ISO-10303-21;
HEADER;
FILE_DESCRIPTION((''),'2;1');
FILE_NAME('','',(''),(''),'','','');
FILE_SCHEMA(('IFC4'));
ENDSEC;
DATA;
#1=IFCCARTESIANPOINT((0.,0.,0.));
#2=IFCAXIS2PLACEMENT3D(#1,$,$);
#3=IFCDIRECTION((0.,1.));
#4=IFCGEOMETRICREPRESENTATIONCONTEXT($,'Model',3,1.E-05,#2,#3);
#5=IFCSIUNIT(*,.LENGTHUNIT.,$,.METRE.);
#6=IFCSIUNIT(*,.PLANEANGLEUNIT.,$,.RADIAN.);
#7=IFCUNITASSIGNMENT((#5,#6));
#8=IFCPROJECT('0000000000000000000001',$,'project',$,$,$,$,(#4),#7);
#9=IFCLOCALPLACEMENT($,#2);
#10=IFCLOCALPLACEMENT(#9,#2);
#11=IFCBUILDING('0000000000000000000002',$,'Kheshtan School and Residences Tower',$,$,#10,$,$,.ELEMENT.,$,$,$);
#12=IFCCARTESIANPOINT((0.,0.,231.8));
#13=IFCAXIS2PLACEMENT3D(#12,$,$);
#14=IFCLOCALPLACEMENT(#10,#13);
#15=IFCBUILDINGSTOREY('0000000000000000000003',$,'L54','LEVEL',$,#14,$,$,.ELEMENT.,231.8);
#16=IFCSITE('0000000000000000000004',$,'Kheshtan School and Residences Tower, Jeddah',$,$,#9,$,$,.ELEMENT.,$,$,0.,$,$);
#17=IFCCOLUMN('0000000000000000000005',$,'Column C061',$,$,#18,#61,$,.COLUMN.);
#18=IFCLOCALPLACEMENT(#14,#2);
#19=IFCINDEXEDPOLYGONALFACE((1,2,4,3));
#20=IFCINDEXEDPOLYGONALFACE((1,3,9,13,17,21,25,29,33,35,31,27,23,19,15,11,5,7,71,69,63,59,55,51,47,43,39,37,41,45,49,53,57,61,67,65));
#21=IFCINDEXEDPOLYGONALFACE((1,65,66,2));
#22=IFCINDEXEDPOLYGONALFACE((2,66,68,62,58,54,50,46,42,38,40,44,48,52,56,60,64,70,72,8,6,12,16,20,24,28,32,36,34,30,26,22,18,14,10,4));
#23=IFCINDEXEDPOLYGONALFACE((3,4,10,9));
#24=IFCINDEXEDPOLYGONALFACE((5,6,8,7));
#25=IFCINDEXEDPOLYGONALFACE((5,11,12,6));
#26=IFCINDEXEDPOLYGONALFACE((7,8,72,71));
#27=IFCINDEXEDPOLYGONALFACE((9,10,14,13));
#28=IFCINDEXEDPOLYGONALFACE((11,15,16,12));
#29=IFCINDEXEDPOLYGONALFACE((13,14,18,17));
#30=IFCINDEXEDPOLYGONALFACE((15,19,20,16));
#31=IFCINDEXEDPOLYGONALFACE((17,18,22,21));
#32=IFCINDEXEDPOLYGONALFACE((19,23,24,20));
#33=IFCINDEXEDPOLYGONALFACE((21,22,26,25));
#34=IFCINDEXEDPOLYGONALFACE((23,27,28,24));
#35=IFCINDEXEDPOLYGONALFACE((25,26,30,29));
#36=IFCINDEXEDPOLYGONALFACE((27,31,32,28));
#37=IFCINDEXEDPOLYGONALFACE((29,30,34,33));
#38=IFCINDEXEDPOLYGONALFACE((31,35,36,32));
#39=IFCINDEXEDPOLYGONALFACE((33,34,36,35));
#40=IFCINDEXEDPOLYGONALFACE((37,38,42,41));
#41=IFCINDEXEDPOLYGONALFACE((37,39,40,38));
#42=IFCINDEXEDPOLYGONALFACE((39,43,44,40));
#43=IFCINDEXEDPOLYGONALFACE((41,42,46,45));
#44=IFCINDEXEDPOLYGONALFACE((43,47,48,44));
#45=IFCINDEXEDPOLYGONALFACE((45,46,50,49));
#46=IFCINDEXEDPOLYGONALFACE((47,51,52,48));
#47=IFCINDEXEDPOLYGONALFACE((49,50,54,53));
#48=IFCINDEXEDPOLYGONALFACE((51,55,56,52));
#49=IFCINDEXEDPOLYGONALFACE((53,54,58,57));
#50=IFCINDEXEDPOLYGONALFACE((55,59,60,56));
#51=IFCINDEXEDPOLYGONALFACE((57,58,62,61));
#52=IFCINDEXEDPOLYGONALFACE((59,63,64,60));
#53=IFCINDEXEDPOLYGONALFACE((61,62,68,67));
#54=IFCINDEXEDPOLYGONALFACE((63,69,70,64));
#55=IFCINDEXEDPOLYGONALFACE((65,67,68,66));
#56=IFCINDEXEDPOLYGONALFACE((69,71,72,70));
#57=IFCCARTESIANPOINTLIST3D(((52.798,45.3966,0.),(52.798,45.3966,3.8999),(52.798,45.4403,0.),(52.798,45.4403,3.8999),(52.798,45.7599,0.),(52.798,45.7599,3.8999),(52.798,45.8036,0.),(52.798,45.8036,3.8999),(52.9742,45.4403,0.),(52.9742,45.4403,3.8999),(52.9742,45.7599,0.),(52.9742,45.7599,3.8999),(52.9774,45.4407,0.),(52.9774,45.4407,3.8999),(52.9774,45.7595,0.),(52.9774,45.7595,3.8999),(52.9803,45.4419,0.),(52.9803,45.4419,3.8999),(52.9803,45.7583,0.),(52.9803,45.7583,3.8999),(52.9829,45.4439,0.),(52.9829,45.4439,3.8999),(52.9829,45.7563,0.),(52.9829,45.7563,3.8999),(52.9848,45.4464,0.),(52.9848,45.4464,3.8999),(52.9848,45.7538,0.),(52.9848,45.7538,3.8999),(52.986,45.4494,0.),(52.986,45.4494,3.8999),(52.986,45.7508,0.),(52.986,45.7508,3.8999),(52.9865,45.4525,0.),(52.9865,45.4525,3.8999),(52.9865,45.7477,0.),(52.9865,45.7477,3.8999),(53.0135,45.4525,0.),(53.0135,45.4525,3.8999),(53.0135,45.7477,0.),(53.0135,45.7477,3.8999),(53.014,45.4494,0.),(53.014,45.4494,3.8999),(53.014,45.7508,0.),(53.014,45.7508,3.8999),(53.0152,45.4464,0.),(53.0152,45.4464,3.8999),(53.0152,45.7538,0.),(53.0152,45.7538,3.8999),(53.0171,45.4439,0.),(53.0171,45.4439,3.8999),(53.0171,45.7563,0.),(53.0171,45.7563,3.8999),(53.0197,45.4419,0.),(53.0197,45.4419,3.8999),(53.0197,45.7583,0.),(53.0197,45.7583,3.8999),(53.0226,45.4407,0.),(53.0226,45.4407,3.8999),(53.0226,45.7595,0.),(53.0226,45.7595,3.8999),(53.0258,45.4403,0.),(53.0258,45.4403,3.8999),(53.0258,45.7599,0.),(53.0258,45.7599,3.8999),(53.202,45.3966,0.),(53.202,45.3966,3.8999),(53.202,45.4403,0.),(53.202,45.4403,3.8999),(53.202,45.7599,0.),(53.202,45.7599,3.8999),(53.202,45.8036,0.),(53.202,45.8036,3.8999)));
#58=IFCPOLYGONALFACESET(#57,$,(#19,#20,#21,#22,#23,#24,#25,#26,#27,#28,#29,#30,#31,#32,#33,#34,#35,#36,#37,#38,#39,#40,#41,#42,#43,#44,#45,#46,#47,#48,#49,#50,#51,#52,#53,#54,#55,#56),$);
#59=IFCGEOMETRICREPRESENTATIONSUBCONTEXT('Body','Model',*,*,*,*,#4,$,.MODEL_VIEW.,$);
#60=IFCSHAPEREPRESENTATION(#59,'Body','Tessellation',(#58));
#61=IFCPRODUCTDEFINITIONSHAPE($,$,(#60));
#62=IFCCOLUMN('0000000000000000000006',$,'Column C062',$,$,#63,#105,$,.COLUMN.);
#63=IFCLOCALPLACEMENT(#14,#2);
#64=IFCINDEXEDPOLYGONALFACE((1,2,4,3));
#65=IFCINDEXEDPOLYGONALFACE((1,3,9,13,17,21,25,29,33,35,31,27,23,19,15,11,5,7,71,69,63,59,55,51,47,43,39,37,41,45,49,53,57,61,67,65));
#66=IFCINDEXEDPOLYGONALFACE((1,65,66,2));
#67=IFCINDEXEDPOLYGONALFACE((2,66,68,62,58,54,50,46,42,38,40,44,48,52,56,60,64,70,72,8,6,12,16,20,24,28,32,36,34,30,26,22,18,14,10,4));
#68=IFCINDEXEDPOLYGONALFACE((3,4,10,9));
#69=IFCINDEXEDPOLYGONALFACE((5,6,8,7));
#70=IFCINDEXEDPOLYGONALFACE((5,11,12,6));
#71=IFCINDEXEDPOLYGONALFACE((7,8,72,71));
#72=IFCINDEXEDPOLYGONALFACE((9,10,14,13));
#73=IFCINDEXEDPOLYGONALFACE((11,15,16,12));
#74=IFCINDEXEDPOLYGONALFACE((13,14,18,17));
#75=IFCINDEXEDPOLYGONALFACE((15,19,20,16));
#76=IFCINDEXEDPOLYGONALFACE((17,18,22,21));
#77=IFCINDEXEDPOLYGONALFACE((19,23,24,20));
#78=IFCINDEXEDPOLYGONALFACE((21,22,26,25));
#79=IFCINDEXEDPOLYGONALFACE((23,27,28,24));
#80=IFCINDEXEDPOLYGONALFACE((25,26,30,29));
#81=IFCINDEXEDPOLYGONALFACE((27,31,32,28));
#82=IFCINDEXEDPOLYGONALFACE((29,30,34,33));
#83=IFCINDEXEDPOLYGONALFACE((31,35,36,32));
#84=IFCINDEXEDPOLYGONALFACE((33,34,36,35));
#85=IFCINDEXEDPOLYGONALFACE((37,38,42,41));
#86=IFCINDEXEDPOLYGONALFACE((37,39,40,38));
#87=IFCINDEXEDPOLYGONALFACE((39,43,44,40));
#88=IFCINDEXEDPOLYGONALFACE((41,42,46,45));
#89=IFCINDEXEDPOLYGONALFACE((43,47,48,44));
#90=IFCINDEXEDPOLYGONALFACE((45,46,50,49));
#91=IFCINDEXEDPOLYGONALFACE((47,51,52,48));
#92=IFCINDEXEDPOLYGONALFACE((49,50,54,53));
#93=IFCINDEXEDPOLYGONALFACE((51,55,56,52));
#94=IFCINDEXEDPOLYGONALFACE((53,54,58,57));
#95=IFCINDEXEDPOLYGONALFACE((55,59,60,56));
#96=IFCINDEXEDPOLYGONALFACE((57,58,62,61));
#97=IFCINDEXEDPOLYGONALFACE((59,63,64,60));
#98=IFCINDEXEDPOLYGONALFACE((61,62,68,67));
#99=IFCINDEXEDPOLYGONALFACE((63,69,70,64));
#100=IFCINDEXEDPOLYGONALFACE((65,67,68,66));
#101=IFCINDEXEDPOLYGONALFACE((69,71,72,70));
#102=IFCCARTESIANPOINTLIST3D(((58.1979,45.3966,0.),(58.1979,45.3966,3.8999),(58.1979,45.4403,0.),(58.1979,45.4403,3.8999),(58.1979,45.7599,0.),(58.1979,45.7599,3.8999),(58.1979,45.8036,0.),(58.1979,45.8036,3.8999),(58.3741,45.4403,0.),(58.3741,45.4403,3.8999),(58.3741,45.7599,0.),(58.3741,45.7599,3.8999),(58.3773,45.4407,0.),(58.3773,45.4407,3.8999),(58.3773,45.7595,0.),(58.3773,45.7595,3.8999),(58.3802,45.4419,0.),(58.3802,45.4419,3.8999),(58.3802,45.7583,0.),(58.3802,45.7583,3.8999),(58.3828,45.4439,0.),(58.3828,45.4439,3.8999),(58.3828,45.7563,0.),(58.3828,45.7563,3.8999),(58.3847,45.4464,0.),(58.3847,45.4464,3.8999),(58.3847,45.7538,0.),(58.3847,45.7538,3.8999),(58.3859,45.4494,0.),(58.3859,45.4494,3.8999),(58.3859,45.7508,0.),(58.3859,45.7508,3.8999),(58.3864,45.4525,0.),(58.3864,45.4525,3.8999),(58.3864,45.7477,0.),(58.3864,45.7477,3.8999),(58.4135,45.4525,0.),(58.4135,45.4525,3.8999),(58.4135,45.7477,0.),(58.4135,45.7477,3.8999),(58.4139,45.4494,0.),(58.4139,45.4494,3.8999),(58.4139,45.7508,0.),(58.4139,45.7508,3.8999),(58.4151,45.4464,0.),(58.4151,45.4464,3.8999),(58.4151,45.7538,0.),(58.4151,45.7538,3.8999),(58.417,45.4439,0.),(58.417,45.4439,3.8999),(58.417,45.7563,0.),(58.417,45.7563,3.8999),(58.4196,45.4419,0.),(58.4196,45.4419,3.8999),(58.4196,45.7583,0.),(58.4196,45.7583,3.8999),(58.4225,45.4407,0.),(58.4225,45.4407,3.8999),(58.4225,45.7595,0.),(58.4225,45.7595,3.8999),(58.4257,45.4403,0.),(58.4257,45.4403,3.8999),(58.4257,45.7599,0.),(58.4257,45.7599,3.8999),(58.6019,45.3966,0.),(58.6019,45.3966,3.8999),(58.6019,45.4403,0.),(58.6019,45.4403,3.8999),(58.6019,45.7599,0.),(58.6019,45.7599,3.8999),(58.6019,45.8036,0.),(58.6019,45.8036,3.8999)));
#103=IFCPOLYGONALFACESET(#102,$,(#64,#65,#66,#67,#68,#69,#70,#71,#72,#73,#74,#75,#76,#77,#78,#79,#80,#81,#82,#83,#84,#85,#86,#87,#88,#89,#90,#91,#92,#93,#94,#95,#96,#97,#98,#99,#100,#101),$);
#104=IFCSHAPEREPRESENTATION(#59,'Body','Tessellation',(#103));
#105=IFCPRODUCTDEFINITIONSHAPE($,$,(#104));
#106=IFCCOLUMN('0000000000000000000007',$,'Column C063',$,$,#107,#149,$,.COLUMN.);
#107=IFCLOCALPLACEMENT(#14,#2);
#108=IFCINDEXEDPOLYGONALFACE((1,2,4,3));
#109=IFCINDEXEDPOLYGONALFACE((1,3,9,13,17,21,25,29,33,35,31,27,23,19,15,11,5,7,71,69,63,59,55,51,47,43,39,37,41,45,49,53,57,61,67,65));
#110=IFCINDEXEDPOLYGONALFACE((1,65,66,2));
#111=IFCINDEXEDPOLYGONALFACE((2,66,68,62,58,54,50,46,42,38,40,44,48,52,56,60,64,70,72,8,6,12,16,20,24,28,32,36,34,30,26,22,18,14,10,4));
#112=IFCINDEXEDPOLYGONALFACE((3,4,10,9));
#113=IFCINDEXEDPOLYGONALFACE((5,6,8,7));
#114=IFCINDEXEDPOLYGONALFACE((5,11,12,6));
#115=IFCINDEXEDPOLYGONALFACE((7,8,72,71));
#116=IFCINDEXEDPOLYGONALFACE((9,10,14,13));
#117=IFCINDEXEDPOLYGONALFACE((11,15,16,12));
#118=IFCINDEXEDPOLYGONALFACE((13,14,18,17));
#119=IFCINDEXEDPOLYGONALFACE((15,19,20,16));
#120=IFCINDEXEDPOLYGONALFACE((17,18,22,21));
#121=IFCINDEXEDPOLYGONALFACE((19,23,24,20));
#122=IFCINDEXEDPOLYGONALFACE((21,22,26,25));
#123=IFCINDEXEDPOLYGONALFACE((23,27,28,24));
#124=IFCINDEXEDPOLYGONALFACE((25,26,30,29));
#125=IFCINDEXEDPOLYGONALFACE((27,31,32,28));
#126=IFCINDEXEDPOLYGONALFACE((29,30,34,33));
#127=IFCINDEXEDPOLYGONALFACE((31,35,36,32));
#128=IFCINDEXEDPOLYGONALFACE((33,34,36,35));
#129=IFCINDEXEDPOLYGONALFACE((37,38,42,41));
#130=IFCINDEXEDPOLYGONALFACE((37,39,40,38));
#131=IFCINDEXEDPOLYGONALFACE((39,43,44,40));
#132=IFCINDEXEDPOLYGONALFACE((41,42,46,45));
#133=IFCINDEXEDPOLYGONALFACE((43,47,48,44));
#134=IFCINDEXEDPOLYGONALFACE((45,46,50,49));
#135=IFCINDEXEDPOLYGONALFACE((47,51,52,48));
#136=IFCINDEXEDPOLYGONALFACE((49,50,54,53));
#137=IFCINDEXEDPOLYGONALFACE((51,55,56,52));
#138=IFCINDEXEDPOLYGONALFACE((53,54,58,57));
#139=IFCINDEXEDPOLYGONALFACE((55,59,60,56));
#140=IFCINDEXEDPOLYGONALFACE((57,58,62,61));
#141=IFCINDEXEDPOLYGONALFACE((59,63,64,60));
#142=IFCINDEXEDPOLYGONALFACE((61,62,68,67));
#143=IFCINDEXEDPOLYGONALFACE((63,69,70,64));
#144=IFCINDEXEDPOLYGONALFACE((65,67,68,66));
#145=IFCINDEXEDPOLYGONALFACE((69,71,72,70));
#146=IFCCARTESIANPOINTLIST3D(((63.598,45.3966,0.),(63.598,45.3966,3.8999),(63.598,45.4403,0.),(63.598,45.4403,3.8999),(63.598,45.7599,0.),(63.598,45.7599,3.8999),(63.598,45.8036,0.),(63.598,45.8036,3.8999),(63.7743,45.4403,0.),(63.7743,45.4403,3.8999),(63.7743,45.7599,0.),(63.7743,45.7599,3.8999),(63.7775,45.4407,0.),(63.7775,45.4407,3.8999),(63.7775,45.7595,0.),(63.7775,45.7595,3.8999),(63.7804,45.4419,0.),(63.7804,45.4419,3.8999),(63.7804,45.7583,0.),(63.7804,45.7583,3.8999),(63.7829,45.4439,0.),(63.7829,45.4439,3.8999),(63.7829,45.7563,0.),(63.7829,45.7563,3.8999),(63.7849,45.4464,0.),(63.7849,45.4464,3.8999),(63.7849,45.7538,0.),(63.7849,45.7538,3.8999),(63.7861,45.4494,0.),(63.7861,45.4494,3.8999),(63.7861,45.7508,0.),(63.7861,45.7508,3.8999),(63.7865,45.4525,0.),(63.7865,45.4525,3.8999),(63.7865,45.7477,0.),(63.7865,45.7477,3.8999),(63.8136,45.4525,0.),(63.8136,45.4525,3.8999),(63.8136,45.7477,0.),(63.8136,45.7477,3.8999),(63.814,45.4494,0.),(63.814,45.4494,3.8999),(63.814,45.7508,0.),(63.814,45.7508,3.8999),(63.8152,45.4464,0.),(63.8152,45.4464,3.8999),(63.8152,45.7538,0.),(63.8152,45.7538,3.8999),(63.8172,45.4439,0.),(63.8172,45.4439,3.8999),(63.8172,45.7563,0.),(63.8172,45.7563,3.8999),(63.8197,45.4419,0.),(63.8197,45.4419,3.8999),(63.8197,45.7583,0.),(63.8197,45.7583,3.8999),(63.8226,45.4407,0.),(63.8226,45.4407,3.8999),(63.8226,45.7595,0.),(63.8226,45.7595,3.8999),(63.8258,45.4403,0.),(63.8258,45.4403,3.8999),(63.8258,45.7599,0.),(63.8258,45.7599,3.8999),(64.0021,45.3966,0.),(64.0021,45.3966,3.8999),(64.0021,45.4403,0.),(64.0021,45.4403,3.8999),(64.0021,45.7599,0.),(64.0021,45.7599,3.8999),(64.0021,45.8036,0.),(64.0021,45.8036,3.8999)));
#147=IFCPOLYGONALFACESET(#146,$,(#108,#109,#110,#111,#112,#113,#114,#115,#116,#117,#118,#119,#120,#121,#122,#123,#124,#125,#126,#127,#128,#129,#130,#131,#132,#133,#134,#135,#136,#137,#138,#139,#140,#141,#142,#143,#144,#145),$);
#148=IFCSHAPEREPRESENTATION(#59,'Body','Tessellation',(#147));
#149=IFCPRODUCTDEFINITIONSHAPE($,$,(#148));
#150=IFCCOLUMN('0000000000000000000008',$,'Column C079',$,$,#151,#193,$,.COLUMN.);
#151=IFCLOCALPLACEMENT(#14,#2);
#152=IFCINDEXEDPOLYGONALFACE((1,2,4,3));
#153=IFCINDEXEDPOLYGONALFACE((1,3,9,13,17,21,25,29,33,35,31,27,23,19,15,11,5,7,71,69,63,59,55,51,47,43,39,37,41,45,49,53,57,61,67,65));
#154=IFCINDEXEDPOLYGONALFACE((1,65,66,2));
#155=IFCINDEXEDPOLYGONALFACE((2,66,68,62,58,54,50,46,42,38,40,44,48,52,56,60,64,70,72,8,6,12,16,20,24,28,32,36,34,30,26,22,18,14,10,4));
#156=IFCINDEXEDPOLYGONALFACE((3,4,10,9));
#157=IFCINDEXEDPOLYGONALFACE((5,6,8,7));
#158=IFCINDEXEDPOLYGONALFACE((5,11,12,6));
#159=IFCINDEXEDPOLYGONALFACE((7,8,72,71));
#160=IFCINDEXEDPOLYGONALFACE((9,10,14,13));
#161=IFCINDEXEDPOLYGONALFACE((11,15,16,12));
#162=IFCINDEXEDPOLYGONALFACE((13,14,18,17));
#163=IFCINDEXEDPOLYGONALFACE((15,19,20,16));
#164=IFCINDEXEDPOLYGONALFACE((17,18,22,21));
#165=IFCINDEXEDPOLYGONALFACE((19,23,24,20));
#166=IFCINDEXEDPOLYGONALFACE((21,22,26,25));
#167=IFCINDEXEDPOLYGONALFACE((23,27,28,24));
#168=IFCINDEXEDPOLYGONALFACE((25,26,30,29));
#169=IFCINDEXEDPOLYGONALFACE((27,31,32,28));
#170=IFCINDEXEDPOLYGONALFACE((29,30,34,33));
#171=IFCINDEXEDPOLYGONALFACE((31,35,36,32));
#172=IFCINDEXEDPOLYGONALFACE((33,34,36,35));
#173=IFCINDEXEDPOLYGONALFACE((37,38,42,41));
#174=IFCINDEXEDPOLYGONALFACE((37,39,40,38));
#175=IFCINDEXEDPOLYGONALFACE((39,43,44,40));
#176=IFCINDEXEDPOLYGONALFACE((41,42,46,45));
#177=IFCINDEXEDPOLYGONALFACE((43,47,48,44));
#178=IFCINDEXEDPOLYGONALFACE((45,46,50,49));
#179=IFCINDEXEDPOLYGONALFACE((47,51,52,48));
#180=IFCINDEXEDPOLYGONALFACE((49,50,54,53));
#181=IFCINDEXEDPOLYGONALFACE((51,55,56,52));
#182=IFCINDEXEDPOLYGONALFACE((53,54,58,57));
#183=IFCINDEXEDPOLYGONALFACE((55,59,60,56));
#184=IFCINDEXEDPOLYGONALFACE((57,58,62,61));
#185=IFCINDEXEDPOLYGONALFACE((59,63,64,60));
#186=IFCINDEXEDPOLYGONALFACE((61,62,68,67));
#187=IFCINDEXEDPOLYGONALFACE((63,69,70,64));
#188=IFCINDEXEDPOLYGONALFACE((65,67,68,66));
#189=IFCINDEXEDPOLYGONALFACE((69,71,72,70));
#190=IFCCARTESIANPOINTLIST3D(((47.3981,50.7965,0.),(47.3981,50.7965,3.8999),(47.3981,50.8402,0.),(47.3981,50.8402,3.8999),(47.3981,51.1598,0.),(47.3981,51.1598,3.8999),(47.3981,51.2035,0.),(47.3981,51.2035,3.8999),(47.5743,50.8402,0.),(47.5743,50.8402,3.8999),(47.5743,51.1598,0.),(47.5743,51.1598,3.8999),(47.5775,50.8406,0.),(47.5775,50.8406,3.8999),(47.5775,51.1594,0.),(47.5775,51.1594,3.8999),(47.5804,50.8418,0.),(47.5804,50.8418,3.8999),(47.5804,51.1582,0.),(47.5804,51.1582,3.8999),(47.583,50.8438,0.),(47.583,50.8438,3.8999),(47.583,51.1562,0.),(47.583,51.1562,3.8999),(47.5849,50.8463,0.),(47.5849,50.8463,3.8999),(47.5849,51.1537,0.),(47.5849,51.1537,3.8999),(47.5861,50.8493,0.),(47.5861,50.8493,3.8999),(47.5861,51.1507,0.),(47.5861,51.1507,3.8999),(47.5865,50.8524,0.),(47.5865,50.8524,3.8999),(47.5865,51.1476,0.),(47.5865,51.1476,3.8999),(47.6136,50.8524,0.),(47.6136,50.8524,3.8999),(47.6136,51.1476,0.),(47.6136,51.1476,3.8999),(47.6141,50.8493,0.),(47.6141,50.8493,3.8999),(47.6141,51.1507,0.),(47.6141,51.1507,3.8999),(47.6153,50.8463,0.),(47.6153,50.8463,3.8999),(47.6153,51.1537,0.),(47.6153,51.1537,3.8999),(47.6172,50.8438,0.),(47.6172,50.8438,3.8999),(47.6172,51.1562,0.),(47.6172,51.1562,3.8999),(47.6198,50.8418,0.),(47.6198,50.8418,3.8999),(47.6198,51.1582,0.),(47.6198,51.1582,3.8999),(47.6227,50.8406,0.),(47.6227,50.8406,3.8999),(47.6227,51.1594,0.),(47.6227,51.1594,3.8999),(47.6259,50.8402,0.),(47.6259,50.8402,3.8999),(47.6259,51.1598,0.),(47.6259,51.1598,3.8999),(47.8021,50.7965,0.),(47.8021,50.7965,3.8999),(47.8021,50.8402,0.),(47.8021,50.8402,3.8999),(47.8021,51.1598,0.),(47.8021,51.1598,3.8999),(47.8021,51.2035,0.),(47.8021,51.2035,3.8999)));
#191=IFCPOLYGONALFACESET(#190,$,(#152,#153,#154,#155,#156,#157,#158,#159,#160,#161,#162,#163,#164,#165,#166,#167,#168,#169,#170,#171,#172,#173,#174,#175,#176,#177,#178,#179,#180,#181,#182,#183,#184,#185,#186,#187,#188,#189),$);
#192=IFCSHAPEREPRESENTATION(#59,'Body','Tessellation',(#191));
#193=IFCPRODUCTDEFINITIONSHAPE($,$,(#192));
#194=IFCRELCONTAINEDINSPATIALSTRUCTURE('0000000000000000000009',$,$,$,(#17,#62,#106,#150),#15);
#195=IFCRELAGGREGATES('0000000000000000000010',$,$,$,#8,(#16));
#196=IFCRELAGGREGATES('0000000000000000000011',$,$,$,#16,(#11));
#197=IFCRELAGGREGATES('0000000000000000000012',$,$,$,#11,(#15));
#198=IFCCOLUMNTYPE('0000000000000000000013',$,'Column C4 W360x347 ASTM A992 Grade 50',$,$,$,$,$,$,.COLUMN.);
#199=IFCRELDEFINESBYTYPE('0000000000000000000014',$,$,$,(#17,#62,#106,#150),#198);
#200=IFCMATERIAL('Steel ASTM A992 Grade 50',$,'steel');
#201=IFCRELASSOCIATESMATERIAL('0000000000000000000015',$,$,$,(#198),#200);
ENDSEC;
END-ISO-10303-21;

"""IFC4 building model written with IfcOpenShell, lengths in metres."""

from ifc_helpers import new_model, si_unit, direction, frame, origin, origin_2d, place, context, subcontext, project, spatial, i_section, extrude, material, material_profile, profile_set, type_object, element, save


model = new_model("IFC4")

# Units and contexts
model_context = context("Model", 3, precision=1e-05, world=origin(), true_north=direction((0.0, 1.0)))
body_context = subcontext(model_context, "Body", "Model", "MODEL_VIEW")
ifc_project = project(units=[si_unit("LENGTHUNIT", "METRE"), si_unit("PLANEANGLEUNIT", "RADIAN")], contexts=[model_context])

# Site, building, storey
site_placement = place(None, origin())
site = spatial("IfcSite", under=ifc_project, at=site_placement, Name="Kheshtan School and Residences Tower, Jeddah", CompositionType="ELEMENT", RefElevation=0.0)
building_placement = place(site_placement, origin())
building = spatial("IfcBuilding", under=site, at=building_placement, Name="Kheshtan School and Residences Tower", CompositionType="ELEMENT")
storey_placement = place(building_placement, frame((0.0, 0.0, 231.8)))
storey = spatial("IfcBuildingStorey", under=building, at=storey_placement, Name="L54", Description="LEVEL", CompositionType="ELEMENT", Elevation=231.8)

# Columns
ifc_material_1 = material(Name="Steel ASTM A992 Grade 50", Category="steel")
ifc_material_profile_1 = material_profile(ifc_material_1, i_section(OverallWidth=0.4041, OverallDepth=0.407, WebThickness=0.0271, FlangeThickness=0.0437, FilletRadius=0.0122, at=origin_2d()), Name="W360x347")
ifc_profile_set_1 = profile_set([ifc_material_profile_1], Name="Steel ASTM A992 Grade 50")
column_type_1 = type_object("IfcColumnType", Name="Column C4 W360x347 ASTM A992 Grade 50", PredefinedType="COLUMN", material=ifc_profile_set_1)
for number, where, z_axis, x_axis, name in (
    (1, (53.0, 45.6001, 0.0), (0.0, 0.0, 1.0), (1.0, 0.0, 0.0), "Column C061"),
    (2, (58.3999, 45.6001, 0.0), (0.0, 0.0, 1.0), (1.0, 0.0, 0.0), "Column C062"),
    (3, (63.8, 45.6001, 0.0), (0.0, 0.0, 1.0), (1.0, 0.0, 0.0), "Column C063"),
    (4, (47.6001, 51.0, 0.0), (0.0, 0.0, 1.0), (1.0, 0.0, 0.0), "Column C079"),
):
    element("IfcColumn", number, at=place(storey_placement, frame(where, z_axis=z_axis, x_axis=x_axis)), inside=storey, type_object=column_type_1, Name=name, PredefinedType="COLUMN", context=body_context, shape_type="SweptSolid", body=[
        extrude(i_section(OverallWidth=0.4041, OverallDepth=0.407, WebThickness=0.0271, FlangeThickness=0.0437, FilletRadius=0.0122, at=origin_2d()), origin(), (0.0, 0.0, 1.0), 3.8999),
    ])

save(model, "model.ifc")
